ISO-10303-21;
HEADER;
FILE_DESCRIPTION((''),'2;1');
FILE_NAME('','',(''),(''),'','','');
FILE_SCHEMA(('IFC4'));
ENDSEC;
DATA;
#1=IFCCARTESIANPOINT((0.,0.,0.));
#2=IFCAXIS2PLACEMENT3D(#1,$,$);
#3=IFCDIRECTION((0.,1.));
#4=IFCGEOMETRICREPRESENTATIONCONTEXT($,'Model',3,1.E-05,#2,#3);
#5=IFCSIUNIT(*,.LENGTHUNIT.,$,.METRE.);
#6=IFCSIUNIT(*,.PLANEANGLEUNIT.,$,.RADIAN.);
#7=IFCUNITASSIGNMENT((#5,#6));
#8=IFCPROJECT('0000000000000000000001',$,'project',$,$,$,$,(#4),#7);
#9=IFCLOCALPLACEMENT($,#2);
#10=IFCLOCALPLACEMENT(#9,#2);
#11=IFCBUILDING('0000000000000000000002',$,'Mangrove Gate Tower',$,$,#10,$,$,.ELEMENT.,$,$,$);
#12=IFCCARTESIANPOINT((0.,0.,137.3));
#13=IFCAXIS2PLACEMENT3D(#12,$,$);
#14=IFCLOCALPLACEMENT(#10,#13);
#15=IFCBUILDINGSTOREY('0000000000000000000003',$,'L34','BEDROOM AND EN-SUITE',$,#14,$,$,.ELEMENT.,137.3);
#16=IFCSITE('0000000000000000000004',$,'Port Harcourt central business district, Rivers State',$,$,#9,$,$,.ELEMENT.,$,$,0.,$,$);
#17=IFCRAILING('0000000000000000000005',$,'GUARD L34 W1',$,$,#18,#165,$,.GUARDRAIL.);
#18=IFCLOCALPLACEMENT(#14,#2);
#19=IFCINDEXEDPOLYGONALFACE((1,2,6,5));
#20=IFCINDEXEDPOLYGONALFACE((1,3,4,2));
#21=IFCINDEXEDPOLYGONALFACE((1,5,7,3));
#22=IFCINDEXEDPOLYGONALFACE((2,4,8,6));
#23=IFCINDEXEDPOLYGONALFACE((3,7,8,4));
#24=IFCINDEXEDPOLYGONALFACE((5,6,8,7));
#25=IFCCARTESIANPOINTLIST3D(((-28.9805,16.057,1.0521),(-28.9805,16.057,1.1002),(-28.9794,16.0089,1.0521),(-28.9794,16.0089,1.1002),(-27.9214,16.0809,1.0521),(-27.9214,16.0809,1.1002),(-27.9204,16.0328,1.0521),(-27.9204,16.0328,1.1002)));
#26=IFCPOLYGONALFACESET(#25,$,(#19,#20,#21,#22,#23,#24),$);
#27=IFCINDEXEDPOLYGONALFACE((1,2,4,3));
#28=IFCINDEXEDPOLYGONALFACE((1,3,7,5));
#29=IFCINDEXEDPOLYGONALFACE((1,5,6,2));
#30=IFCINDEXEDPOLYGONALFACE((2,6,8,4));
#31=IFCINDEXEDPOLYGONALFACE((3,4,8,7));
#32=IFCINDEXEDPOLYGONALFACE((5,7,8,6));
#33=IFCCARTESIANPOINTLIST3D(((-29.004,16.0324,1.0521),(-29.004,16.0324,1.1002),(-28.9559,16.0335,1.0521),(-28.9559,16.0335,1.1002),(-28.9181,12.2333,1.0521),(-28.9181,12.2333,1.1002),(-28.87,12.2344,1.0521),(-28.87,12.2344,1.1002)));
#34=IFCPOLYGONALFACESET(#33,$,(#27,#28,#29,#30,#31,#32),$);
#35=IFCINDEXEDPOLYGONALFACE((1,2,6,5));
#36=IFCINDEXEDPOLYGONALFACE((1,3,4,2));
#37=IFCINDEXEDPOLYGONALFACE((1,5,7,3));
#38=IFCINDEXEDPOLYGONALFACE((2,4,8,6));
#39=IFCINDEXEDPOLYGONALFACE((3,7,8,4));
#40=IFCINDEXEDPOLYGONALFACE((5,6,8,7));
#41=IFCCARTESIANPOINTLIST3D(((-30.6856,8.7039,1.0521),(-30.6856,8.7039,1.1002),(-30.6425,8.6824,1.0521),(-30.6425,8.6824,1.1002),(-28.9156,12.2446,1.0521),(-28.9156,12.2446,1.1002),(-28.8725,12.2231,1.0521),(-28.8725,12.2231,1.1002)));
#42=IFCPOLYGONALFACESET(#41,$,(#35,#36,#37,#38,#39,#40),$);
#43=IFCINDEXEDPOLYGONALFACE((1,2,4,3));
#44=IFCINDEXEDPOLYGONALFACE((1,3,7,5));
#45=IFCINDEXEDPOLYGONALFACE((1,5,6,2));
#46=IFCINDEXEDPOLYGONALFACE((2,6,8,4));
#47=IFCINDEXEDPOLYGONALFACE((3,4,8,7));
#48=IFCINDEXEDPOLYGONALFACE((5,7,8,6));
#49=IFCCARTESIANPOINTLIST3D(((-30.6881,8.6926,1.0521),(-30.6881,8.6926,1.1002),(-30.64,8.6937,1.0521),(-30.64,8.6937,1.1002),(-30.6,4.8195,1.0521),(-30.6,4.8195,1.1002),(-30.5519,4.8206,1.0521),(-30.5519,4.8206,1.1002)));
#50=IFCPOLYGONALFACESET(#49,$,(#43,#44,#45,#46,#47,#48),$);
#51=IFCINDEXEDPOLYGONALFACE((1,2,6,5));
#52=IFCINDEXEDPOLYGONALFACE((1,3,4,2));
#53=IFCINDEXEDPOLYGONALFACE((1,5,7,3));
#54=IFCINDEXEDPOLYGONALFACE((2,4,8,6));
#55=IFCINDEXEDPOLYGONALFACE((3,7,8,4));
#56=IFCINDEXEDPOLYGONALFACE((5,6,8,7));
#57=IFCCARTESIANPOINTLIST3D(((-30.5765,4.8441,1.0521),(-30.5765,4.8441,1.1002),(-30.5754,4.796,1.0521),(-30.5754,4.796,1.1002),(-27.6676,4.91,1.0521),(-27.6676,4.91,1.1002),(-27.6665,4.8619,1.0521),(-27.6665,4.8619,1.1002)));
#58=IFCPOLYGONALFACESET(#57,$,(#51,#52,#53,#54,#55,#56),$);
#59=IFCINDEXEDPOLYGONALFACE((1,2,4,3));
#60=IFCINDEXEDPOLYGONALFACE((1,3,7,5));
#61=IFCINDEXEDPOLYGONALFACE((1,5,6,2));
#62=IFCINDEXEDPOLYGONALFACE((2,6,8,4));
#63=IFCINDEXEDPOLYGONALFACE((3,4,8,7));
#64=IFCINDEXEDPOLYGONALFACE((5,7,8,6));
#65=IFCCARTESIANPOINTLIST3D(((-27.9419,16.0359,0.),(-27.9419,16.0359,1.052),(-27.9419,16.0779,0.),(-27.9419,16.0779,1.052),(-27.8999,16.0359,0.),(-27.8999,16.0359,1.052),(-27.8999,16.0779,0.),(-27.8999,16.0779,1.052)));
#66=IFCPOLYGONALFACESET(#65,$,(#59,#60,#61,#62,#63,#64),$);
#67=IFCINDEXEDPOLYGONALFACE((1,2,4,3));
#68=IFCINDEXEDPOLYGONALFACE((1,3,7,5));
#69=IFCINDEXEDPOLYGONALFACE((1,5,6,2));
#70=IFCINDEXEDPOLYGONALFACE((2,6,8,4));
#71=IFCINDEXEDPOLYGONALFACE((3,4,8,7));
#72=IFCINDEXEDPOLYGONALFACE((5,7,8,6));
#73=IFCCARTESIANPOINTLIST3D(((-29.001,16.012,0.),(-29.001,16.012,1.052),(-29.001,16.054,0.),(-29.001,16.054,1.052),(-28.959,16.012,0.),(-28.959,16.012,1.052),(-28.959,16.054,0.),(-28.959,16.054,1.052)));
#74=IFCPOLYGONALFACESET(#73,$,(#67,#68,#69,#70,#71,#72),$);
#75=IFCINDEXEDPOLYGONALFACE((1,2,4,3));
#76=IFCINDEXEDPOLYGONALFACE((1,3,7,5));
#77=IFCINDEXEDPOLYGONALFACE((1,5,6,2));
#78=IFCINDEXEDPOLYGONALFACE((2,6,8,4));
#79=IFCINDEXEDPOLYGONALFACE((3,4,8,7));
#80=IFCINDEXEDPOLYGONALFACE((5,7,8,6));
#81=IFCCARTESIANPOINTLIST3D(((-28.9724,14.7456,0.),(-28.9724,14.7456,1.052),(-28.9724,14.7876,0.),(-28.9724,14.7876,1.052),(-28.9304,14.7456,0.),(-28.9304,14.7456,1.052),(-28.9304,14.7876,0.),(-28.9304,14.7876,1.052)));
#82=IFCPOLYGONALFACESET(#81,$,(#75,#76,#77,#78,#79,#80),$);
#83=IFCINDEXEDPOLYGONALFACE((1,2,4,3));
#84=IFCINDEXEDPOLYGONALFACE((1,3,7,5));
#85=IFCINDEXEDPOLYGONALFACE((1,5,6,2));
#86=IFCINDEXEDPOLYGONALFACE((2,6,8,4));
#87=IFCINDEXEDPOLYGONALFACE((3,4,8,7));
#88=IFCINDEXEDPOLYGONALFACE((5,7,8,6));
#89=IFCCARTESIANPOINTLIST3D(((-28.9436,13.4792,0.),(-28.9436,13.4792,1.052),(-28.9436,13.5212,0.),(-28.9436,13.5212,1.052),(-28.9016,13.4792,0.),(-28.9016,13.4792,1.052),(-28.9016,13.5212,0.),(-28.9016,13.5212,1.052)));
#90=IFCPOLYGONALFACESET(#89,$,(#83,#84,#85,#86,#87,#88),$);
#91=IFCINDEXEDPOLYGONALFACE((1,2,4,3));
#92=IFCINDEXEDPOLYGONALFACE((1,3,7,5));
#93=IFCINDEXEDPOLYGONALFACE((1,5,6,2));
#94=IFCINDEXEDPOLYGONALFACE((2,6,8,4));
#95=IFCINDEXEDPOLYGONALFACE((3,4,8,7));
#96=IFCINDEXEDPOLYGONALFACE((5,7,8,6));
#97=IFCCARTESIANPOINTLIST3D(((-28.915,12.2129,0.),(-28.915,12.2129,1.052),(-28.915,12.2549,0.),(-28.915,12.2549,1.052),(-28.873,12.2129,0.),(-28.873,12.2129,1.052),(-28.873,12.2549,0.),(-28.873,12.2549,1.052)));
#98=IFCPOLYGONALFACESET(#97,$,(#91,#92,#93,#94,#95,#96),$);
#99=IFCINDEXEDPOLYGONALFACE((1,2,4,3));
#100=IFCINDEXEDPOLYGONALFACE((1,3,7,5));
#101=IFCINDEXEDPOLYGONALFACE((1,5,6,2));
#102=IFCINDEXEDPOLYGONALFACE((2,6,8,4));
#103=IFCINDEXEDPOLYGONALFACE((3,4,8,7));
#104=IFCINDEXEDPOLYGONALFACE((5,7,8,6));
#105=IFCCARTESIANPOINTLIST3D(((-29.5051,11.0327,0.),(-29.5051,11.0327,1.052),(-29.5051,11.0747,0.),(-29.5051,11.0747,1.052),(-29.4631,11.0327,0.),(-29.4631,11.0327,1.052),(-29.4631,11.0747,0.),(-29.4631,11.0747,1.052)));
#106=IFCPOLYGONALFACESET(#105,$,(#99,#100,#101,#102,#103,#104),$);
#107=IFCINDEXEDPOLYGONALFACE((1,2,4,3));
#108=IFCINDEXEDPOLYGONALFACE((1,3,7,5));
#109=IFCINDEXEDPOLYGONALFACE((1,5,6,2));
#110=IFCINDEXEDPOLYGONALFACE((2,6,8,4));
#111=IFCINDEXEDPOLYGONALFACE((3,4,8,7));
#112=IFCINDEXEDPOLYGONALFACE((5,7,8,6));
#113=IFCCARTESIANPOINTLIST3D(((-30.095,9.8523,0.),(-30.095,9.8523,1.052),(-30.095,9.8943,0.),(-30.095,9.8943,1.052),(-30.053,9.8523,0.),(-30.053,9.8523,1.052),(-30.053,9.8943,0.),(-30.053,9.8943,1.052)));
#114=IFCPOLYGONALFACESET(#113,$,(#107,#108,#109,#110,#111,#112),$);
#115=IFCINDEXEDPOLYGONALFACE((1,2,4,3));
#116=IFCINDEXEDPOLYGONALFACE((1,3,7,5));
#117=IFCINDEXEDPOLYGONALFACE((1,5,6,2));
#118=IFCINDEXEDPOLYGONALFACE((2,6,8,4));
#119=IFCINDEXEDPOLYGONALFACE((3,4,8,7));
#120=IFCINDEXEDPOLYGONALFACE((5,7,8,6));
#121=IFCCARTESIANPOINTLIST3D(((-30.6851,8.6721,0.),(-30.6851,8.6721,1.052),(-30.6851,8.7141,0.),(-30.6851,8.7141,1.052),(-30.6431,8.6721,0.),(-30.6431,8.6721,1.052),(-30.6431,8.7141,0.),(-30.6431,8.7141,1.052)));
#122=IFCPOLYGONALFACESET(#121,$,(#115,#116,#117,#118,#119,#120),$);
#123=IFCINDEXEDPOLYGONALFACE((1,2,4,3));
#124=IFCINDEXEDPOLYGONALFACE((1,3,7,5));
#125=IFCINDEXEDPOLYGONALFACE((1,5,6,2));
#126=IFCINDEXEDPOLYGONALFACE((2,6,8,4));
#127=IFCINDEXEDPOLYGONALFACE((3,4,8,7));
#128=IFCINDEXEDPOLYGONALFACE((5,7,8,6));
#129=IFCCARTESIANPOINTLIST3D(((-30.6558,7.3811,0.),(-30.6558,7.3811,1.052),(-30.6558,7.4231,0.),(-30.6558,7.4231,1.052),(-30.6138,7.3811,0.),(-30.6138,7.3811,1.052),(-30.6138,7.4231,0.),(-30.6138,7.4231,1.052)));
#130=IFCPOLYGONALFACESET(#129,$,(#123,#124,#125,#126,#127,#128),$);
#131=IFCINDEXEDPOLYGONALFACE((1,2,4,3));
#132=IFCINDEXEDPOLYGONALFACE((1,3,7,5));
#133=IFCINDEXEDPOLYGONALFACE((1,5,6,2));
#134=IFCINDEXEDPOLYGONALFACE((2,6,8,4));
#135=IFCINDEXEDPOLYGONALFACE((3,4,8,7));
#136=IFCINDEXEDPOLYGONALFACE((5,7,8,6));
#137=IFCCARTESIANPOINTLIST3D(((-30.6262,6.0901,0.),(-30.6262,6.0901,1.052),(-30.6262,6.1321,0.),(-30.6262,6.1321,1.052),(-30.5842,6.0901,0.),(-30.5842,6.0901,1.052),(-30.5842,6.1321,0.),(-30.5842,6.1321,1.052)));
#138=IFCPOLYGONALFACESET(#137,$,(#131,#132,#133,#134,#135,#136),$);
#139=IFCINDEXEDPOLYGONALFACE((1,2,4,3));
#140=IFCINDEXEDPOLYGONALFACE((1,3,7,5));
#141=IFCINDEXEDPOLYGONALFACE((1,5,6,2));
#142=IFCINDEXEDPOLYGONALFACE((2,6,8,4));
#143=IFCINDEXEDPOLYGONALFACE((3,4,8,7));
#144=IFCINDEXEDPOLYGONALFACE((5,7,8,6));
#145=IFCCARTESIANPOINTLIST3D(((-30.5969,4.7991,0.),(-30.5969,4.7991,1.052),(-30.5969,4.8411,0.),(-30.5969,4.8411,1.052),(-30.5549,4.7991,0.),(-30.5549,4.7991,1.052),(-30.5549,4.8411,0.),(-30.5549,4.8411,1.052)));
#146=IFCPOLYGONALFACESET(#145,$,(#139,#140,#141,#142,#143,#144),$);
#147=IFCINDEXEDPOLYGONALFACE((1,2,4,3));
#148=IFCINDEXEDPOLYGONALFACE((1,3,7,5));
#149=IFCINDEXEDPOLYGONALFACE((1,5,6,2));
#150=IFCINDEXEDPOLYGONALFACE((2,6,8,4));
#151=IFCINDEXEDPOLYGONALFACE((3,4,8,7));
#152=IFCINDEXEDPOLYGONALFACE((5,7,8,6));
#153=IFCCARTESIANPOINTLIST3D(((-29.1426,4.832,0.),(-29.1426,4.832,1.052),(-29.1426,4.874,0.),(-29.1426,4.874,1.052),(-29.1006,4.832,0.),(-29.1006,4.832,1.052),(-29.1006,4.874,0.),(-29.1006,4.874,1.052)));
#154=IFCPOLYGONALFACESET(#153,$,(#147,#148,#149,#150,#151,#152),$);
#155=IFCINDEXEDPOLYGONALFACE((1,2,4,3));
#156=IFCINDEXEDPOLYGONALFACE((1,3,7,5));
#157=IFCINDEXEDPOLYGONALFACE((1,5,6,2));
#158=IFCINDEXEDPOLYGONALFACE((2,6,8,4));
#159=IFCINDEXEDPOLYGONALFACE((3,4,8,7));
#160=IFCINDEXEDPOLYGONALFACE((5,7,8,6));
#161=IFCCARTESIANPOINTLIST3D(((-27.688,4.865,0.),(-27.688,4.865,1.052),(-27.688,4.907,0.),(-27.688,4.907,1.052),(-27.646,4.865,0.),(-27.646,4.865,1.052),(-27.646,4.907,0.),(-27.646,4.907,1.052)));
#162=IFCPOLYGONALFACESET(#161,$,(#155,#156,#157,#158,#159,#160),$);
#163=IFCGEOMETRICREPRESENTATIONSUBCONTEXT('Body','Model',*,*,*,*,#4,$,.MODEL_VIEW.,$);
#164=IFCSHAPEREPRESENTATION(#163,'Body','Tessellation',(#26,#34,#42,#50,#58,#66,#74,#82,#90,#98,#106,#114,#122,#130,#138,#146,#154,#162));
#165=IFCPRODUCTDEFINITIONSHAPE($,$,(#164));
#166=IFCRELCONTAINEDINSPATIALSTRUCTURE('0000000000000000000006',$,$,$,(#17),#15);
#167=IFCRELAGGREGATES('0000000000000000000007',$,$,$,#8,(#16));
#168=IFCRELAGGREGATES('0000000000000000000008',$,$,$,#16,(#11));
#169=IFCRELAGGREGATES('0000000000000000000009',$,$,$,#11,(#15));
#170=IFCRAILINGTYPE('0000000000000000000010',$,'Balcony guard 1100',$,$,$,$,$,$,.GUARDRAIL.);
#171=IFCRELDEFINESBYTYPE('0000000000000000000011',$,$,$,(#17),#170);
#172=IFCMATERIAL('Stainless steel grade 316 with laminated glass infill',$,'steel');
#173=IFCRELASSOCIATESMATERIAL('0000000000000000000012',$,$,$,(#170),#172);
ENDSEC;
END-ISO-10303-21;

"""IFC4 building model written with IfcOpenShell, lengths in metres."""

from ifc_helpers import new_model, si_unit, direction, frame, origin, origin_2d, place, context, subcontext, project, spatial, rectangle, extrude, material, type_object, element, save


model = new_model("IFC4")

# Units and contexts
model_context = context("Model", 3, precision=1e-05, world=origin(), true_north=direction((0.0, 1.0)))
body_context = subcontext(model_context, "Body", "Model", "MODEL_VIEW")
ifc_project = project(units=[si_unit("LENGTHUNIT", "METRE"), si_unit("PLANEANGLEUNIT", "RADIAN")], contexts=[model_context])

# Site, building, storey
site_placement = place(None, origin())
site = spatial("IfcSite", under=ifc_project, at=site_placement, Name="Port Harcourt central business district, Rivers State", CompositionType="ELEMENT", RefElevation=0.0)
building_placement = place(site_placement, origin())
building = spatial("IfcBuilding", under=site, at=building_placement, Name="Mangrove Gate Tower", CompositionType="ELEMENT")
storey_placement = place(building_placement, frame((0.0, 0.0, 137.3)))
storey = spatial("IfcBuildingStorey", under=building, at=storey_placement, Name="L34", Description="BEDROOM AND EN-SUITE", CompositionType="ELEMENT", Elevation=137.3)

# Railing
ifc_material_1 = material(Name="Stainless steel grade 316 with laminated glass infill", Category="steel")
railing_type = type_object("IfcRailingType", Name="Balcony guard 1100", PredefinedType="GUARDRAIL", material=ifc_material_1)
railing_placement = place(storey_placement, frame((-27.9209, 16.0569, 0.0)))
element("IfcRailing", 1, at=railing_placement, inside=storey, type_object=railing_type, Name="GUARD L34 W1", PredefinedType="GUARDRAIL", context=body_context, shape_type="SweptSolid", body=[
    extrude(rectangle(XDim=0.0481, YDim=0.0481, at=origin_2d()), frame((0.0, 0.0, 1.0762), z_axis=(-0.999745, -0.022585, 0.0), x_axis=(0.022585, -0.999745, 0.0)), (0.0, 0.0, 1.0), 1.0593),
    extrude(rectangle(XDim=0.0481, YDim=0.0481, at=origin_2d()), frame((-1.0591, -0.0239, 1.0762), z_axis=(0.022615, -0.999744, 0.0), x_axis=(0.999744, 0.022615, 0.0)), (0.0, 0.0, 1.0), 3.8),
    extrude(rectangle(XDim=0.0481, YDim=0.0481, at=origin_2d()), frame((-0.9731, -3.823, 1.0762), z_axis=(-0.44714, -0.894464, 0.0), x_axis=(0.894464, -0.44714, 0.0)), (0.0, 0.0, 1.0), 3.9585),
    extrude(rectangle(XDim=0.0481, YDim=0.0481, at=origin_2d()), frame((-2.7432, -7.3638, 1.0762), z_axis=(0.02275, -0.999741, 0.0), x_axis=(0.999741, 0.02275, 0.0)), (0.0, 0.0, 1.0), 3.874),
    extrude(rectangle(XDim=0.0481, YDim=0.0481, at=origin_2d()), frame((-2.655, -11.2368, 1.0762), z_axis=(0.999743, 0.022655, 0.0), x_axis=(-0.022655, 0.999743, 0.0)), (0.0, 0.0, 1.0), 2.9097),
    extrude(rectangle(XDim=0.042, YDim=0.042, at=origin_2d()), origin(), (0.0, 0.0, 1.0), 1.052),
    extrude(rectangle(XDim=0.042, YDim=0.042, at=origin_2d()), frame((-1.0591, -0.0239, 0.0)), (0.0, 0.0, 1.0), 1.052),
    extrude(rectangle(XDim=0.042, YDim=0.042, at=origin_2d()), frame((-1.0305, -1.2903, 0.0)), (0.0, 0.0, 1.0), 1.052),
    extrude(rectangle(XDim=0.042, YDim=0.042, at=origin_2d()), frame((-1.0017, -2.5566, 0.0)), (0.0, 0.0, 1.0), 1.052),
    extrude(rectangle(XDim=0.042, YDim=0.042, at=origin_2d()), frame((-0.9731, -3.823, 0.0)), (0.0, 0.0, 1.0), 1.052),
    extrude(rectangle(XDim=0.042, YDim=0.042, at=origin_2d()), frame((-1.5632, -5.0032, 0.0)), (0.0, 0.0, 1.0), 1.052),
    extrude(rectangle(XDim=0.042, YDim=0.042, at=origin_2d()), frame((-2.1531, -6.1836, 0.0)), (0.0, 0.0, 1.0), 1.052),
    extrude(rectangle(XDim=0.042, YDim=0.042, at=origin_2d()), frame((-2.7432, -7.3638, 0.0)), (0.0, 0.0, 1.0), 1.052),
    extrude(rectangle(XDim=0.042, YDim=0.042, at=origin_2d()), frame((-2.7139, -8.6548, 0.0)), (0.0, 0.0, 1.0), 1.052),
    extrude(rectangle(XDim=0.042, YDim=0.042, at=origin_2d()), frame((-2.6843, -9.9458, 0.0)), (0.0, 0.0, 1.0), 1.052),
    extrude(rectangle(XDim=0.042, YDim=0.042, at=origin_2d()), frame((-2.655, -11.2368, 0.0)), (0.0, 0.0, 1.0), 1.052),
    extrude(rectangle(XDim=0.042, YDim=0.042, at=origin_2d()), frame((-1.2007, -11.2039, 0.0)), (0.0, 0.0, 1.0), 1.052),
    extrude(rectangle(XDim=0.042, YDim=0.042, at=origin_2d()), frame((0.2539, -11.1709, 0.0)), (0.0, 0.0, 1.0), 1.052),
])

save(model, "model.ifc")
